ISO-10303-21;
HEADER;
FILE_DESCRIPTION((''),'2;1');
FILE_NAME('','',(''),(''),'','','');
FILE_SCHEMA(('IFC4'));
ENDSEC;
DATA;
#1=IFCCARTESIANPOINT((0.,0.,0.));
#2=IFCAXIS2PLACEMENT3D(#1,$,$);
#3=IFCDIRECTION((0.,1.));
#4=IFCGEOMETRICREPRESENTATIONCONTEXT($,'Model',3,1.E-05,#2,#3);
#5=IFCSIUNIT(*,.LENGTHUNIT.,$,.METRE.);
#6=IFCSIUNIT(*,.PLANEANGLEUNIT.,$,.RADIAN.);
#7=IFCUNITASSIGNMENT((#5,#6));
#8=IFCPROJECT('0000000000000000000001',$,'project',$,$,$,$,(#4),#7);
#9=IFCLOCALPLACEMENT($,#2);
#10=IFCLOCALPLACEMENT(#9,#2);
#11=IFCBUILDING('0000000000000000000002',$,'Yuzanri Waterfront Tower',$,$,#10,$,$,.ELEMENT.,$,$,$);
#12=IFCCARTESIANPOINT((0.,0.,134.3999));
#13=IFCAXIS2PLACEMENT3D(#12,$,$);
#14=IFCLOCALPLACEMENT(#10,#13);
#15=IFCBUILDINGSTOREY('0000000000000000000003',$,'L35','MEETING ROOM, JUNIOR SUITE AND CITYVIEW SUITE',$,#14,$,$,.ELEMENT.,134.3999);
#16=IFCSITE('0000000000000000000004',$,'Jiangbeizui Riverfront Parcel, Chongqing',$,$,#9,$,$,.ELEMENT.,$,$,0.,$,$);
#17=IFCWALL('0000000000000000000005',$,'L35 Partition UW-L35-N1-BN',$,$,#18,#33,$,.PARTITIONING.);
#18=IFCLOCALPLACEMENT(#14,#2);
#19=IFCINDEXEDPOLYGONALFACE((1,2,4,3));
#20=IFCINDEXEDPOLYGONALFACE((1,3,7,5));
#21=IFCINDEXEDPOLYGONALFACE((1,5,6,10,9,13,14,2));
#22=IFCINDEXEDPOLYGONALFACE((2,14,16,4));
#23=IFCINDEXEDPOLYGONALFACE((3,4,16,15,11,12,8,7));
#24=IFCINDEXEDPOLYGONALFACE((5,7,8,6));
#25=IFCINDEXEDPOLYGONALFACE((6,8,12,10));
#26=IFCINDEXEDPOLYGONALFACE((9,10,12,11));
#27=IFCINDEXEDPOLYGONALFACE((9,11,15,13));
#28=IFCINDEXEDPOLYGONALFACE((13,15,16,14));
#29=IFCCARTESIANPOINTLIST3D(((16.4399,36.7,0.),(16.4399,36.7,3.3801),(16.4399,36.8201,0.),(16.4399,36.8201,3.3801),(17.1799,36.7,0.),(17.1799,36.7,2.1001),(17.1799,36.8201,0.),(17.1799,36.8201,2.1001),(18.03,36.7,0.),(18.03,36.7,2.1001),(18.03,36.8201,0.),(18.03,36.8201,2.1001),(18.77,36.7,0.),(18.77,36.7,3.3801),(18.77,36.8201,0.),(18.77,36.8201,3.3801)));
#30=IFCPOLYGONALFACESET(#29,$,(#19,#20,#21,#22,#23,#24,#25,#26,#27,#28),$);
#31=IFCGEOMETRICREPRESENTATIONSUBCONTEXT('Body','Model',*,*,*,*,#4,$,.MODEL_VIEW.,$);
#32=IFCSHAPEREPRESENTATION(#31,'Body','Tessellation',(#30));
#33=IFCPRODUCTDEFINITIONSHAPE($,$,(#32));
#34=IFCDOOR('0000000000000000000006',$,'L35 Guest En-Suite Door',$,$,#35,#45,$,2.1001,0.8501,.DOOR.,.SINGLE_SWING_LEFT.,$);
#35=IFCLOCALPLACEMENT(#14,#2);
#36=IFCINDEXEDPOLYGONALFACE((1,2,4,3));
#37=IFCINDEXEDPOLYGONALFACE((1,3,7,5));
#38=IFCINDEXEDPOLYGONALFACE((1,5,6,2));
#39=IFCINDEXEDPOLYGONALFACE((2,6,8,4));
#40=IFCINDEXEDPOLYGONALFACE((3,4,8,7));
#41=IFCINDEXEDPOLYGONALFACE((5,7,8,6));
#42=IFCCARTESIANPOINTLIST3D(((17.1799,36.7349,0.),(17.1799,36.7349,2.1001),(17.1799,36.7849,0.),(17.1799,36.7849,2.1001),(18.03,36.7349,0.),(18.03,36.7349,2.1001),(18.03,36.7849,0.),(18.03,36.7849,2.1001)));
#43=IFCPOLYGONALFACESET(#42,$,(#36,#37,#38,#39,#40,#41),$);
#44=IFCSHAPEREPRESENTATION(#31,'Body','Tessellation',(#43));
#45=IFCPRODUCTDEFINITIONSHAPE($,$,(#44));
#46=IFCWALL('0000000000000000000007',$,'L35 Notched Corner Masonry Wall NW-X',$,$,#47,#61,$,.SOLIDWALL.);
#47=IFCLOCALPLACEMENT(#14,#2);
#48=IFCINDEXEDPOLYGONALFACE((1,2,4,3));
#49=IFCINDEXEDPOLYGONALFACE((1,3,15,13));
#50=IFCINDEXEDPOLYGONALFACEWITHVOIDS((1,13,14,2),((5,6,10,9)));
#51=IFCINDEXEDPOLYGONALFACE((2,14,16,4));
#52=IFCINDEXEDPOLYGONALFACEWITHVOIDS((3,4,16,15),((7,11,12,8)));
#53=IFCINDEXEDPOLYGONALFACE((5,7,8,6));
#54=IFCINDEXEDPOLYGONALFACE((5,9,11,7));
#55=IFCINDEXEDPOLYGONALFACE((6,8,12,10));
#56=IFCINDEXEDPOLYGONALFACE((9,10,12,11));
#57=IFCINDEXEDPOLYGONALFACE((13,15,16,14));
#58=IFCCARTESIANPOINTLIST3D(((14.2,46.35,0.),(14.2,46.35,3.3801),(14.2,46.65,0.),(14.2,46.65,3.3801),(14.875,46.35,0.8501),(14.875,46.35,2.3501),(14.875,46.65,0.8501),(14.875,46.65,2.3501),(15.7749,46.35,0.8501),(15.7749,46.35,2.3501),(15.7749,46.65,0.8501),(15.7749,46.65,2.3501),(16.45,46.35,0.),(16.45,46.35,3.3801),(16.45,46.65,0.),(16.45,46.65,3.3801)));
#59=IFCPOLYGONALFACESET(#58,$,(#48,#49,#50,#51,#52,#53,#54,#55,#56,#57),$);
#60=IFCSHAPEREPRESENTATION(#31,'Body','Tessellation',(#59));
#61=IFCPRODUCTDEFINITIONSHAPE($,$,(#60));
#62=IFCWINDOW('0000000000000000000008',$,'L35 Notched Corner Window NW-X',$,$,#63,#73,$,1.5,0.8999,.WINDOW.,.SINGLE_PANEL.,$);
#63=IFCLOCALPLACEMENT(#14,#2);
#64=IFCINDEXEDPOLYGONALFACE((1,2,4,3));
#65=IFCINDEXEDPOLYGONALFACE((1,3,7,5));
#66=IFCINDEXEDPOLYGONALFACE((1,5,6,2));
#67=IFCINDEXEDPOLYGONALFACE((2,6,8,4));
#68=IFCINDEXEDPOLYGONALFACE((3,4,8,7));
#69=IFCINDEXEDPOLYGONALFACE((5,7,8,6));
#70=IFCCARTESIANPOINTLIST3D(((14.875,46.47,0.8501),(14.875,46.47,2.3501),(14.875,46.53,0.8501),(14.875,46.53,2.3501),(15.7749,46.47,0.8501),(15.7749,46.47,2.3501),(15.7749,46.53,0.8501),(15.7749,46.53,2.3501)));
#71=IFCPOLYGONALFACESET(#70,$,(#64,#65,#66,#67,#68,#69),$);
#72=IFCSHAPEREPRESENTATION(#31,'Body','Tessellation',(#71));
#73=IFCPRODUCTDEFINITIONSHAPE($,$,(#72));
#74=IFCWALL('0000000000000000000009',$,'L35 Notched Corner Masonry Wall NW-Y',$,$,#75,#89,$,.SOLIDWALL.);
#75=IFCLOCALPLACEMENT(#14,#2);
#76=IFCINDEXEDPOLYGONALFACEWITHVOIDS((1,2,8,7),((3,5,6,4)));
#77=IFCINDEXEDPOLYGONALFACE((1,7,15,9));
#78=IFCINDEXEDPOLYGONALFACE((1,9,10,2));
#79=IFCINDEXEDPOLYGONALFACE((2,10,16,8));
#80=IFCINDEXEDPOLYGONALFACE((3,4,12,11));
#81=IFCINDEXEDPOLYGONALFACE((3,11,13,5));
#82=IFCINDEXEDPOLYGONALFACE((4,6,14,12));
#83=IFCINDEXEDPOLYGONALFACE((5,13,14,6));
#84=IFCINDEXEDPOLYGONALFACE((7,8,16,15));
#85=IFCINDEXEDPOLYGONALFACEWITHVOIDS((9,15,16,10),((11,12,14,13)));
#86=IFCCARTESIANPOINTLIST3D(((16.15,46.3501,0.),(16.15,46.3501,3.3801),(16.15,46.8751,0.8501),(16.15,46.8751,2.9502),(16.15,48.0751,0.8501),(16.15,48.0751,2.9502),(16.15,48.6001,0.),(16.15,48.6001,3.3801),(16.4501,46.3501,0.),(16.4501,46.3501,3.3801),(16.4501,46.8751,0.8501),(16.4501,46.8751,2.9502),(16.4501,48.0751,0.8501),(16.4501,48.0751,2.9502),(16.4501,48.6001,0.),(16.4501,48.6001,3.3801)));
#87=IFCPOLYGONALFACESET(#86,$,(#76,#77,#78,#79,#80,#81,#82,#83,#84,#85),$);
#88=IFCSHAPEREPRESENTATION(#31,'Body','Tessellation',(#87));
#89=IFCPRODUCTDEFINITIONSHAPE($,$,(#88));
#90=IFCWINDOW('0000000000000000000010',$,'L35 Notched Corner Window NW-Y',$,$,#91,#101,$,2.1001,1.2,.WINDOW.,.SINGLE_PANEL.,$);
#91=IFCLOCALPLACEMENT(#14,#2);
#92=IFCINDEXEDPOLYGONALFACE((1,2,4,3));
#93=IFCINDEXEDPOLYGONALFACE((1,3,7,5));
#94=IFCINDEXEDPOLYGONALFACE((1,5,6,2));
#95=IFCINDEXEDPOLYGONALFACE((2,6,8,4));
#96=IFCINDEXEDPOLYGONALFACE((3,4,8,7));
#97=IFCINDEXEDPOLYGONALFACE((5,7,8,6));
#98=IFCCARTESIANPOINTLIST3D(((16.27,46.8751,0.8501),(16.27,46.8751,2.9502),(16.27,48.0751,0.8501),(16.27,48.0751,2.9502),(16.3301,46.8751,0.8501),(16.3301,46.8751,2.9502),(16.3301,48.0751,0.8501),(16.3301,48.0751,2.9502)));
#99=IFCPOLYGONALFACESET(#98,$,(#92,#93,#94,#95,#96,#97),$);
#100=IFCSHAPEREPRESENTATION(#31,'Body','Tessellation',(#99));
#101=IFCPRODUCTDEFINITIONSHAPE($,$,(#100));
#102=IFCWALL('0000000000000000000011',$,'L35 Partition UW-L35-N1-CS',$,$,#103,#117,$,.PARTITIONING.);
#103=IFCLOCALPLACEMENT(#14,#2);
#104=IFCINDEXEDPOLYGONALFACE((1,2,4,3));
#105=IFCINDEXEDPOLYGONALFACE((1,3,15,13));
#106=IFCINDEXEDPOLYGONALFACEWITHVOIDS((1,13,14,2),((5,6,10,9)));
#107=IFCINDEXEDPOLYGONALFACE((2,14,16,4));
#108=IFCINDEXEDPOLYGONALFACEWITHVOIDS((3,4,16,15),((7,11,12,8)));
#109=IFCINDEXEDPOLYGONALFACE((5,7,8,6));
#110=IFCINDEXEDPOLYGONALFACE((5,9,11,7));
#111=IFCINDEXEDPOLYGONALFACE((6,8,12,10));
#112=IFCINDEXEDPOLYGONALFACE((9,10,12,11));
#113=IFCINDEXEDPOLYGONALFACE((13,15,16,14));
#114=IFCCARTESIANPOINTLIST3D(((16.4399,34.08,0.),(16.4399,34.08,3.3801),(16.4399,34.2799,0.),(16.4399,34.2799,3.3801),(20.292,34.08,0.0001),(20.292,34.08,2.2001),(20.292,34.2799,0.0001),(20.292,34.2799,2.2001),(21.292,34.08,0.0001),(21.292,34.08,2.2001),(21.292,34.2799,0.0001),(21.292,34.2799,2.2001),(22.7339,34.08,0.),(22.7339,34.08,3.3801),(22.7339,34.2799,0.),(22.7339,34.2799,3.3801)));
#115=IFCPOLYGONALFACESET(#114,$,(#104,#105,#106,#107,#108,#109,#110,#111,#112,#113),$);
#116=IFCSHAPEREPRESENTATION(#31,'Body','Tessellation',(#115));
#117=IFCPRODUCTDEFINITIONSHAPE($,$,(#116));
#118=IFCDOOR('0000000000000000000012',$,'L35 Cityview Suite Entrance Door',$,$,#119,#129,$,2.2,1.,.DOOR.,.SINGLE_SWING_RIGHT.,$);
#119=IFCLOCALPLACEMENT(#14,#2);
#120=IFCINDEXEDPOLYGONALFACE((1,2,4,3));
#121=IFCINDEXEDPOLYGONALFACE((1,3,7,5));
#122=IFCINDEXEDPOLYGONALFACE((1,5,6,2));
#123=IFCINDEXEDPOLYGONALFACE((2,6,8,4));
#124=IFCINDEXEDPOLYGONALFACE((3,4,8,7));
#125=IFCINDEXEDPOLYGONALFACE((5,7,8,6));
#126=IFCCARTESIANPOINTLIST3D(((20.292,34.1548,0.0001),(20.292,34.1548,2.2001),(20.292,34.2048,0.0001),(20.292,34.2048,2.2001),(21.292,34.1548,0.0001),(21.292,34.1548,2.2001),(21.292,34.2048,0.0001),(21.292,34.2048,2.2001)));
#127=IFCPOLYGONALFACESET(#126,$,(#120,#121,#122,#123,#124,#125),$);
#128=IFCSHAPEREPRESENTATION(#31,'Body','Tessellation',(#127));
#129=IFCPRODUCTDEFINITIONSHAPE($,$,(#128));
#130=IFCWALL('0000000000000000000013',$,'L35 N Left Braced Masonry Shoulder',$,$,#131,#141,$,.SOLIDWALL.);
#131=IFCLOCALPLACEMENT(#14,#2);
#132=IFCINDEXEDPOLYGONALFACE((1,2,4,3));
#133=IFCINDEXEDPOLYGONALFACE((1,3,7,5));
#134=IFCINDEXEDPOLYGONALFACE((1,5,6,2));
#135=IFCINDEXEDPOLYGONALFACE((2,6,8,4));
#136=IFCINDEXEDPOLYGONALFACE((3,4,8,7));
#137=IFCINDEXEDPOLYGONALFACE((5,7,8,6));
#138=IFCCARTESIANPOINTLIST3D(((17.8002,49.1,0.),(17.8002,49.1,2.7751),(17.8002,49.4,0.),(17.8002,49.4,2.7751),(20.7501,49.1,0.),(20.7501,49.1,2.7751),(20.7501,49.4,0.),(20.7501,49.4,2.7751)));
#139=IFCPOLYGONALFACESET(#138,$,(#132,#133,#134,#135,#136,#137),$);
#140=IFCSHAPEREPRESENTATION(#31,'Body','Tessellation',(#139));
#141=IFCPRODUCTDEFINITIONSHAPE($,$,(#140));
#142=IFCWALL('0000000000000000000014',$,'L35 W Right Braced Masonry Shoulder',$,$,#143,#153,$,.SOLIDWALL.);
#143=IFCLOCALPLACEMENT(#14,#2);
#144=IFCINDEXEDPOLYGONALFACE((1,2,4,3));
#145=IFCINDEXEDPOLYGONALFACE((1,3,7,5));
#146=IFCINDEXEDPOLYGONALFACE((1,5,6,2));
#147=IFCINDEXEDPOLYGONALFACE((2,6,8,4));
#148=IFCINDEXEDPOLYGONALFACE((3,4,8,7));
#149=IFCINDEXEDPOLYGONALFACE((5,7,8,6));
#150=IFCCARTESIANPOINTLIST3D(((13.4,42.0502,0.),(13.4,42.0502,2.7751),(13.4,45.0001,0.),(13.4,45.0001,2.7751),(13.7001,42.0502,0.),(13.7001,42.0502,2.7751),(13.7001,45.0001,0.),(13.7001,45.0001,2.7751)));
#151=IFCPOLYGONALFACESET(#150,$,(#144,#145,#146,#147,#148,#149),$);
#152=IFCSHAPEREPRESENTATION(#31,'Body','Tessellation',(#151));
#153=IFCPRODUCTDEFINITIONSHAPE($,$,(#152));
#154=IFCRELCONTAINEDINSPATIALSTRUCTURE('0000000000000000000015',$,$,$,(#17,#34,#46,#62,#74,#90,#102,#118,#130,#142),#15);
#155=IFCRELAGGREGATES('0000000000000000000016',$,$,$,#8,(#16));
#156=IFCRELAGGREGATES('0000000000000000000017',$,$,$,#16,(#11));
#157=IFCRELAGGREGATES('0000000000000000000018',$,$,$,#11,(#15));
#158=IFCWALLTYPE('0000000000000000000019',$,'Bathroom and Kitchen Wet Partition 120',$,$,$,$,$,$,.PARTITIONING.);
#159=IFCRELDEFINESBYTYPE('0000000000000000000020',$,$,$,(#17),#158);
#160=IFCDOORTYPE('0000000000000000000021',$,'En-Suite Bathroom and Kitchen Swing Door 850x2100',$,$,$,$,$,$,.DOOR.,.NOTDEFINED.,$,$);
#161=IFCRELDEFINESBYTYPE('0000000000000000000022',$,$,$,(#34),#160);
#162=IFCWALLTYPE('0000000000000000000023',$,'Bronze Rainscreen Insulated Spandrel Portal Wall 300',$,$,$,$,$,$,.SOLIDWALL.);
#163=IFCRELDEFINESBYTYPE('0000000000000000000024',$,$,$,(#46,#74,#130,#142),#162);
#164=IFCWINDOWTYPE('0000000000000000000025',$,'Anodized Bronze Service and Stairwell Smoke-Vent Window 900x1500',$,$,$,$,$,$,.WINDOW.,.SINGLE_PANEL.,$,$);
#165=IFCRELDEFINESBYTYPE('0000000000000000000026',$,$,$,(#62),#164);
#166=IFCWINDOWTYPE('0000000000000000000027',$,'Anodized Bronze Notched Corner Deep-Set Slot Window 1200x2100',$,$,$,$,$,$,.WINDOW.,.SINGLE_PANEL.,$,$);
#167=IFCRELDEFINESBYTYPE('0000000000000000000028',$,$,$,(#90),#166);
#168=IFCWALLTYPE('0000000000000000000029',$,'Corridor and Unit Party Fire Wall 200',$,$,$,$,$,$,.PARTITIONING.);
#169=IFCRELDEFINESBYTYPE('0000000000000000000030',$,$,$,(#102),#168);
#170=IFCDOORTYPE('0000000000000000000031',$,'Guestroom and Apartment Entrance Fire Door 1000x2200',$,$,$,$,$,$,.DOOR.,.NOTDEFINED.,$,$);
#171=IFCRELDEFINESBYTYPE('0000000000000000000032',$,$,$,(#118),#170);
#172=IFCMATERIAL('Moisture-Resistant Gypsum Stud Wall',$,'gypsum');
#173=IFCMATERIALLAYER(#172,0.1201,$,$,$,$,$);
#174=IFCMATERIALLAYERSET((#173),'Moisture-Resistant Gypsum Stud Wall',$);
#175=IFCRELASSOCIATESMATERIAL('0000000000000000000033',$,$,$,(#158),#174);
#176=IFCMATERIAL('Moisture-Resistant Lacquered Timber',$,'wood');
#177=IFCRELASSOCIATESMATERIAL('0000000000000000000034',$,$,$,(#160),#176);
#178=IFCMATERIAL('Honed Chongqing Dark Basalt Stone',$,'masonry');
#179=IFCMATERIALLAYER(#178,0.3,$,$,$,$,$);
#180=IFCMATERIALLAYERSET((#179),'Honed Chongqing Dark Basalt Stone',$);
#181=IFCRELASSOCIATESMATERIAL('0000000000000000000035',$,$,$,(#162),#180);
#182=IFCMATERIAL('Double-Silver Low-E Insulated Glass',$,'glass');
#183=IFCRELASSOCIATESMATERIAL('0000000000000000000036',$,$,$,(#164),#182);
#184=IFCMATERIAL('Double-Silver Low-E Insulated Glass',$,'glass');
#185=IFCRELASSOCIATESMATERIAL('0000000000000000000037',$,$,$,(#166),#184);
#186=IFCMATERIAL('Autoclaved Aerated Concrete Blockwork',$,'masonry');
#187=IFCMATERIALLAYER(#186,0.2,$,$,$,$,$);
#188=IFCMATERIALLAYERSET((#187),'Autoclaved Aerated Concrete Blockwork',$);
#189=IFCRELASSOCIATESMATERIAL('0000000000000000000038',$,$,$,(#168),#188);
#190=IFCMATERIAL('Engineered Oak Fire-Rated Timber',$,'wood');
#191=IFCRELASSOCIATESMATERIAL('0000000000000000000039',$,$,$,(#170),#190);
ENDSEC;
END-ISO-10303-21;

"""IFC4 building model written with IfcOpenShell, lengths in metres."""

from ifc_helpers import new_model, si_unit, direction, frame, frame_2d, origin, place, context, subcontext, project, spatial, rectangle, extrude, source, transform, mapped, material, layer, layer_set, type_object, element, fill, save


model = new_model("IFC4")

# Units and contexts
model_context = context("Model", 3, precision=1e-05, world=origin(), true_north=direction((0.0, 1.0)))
body_context = subcontext(model_context, "Body", "Model", "MODEL_VIEW")
ifc_project = project(units=[si_unit("LENGTHUNIT", "METRE"), si_unit("PLANEANGLEUNIT", "RADIAN")], contexts=[model_context])

# Site, building, storey
site_placement = place(None, origin())
site = spatial("IfcSite", under=ifc_project, at=site_placement, Name="Jiangbeizui Riverfront Parcel, Chongqing", CompositionType="ELEMENT", RefElevation=0.0)
building_placement = place(site_placement, origin())
building = spatial("IfcBuilding", under=site, at=building_placement, Name="Yuzanri Waterfront Tower", CompositionType="ELEMENT")
storey_placement = place(building_placement, frame((0.0, 0.0, 134.3999)))
storey = spatial("IfcBuildingStorey", under=building, at=storey_placement, Name="L35", Description="MEETING ROOM, JUNIOR SUITE AND CITYVIEW SUITE", CompositionType="ELEMENT", Elevation=134.3999)

# Wall, opening, door
ifc_material_1 = material(Name="Moisture-Resistant Gypsum Stud Wall", Category="gypsum")
ifc_layer_1 = layer(ifc_material_1, 0.1201)
ifc_layer_set_1 = layer_set([ifc_layer_1], Name="Moisture-Resistant Gypsum Stud Wall")
wall_type_1 = type_object("IfcWallType", Name="Bathroom and Kitchen Wet Partition 120", PredefinedType="PARTITIONING", material=ifc_layer_set_1)
wall_1_placement = place(storey_placement, frame((16.4399, 36.76, 0.0), z_axis=(0.0, 0.0, 1.0), x_axis=(1.0, 0.0, 0.0)))
wall_1 = element("IfcWall", 1, at=wall_1_placement, inside=storey, type_object=wall_type_1, Name="L35 Partition UW-L35-N1-BN", PredefinedType="PARTITIONING", context=body_context, shape_type="SweptSolid", body=[
    extrude(rectangle(XDim=2.3301, YDim=0.1201, at=frame_2d((1.165, 0.0))), origin(), (0.0, 0.0, 1.0), 3.3801),
])
opening_1_placement = place(wall_1_placement, frame((0.74, 0.0, 0.0)))
opening_1 = element("IfcOpeningElement", 2, at=opening_1_placement, cuts=wall_1, PredefinedType="OPENING", context=body_context, shape_type="SweptSolid", body=[
    extrude(rectangle(XDim=0.8501, YDim=2.1001, at=frame_2d((0.425, 1.05))), frame((0.0, 0.075, 0.0), z_axis=(0.0, -1.0, 0.0), x_axis=(1.0, 0.0, 0.0)), (0.0, 0.0, 1.0), 0.1499),
])
ifc_material_2 = material(Name="Moisture-Resistant Lacquered Timber", Category="wood")
door_type_1 = type_object("IfcDoorType", Name="En-Suite Bathroom and Kitchen Swing Door 850x2100", OperationType="NOTDEFINED", PredefinedType="DOOR", material=ifc_material_2)
shared_shape_1 = source(origin(), body_context, "Body", "SweptSolid", [
    extrude(rectangle(XDim=0.8501, YDim=2.1001, at=frame_2d((0.425, 1.05))), frame((0.0, 0.0249, 0.0), z_axis=(0.0, -1.0, 0.0), x_axis=(1.0, 0.0, 0.0)), (0.0, 0.0, 1.0), 0.05),
])
door_1_placement = place(opening_1_placement, origin())
door_1 = element("IfcDoor", 3, at=door_1_placement, inside=storey, type_object=door_type_1, Name="L35 Guest En-Suite Door", OperationType="SINGLE_SWING_LEFT", OverallHeight=2.1001, OverallWidth=0.8501, PredefinedType="DOOR", context=body_context, shape_type="MappedRepresentation", body=[
    mapped(shared_shape_1, transform((0.0, 0.0, 0.0), scale=1.0)),
])
fill(opening_1, door_1)

# Walls, openings, windows
ifc_material_3 = material(Name="Honed Chongqing Dark Basalt Stone", Category="masonry")
ifc_layer_2 = layer(ifc_material_3, 0.3)
ifc_layer_set_2 = layer_set([ifc_layer_2], Name="Honed Chongqing Dark Basalt Stone")
wall_type_2 = type_object("IfcWallType", Name="Bronze Rainscreen Insulated Spandrel Portal Wall 300", PredefinedType="SOLIDWALL", material=ifc_layer_set_2)
wall_2_placement = place(storey_placement, frame((16.45, 46.5, 0.0), z_axis=(0.0, 0.0, 1.0), x_axis=(-1.0, 0.0, 0.0)))
wall_2 = element("IfcWall", 4, at=wall_2_placement, inside=storey, type_object=wall_type_2, Name="L35 Notched Corner Masonry Wall NW-X", PredefinedType="SOLIDWALL", context=body_context, shape_type="SweptSolid", body=[
    extrude(rectangle(XDim=2.25, YDim=0.3, at=frame_2d((1.125, 0.0))), origin(), (0.0, 0.0, 1.0), 3.3801),
])
opening_2_placement = place(wall_2_placement, frame((0.675, 0.0, 0.8501)))
opening_2 = element("IfcOpeningElement", 5, at=opening_2_placement, cuts=wall_2, PredefinedType="OPENING", context=body_context, shape_type="SweptSolid", body=[
    extrude(rectangle(XDim=0.8999, YDim=1.5, at=frame_2d((0.45, 0.75))), frame((0.0, 0.165, 0.0), z_axis=(0.0, -1.0, 0.0), x_axis=(1.0, 0.0, 0.0)), (0.0, 0.0, 1.0), 0.3298),
])
ifc_material_4 = material(Name="Double-Silver Low-E Insulated Glass", Category="glass")
window_type_1 = type_object("IfcWindowType", Name="Anodized Bronze Service and Stairwell Smoke-Vent Window 900x1500", PartitioningType="SINGLE_PANEL", PredefinedType="WINDOW", material=ifc_material_4)
shared_shape_2 = source(origin(), body_context, "Body", "SweptSolid", [
    extrude(rectangle(XDim=0.8999, YDim=1.5, at=frame_2d((0.45, 0.75))), frame((0.0, 0.03, 0.0), z_axis=(0.0, -1.0, 0.0), x_axis=(1.0, 0.0, 0.0)), (0.0, 0.0, 1.0), 0.0601),
])
window_1_placement = place(opening_2_placement, origin())
window_1 = element("IfcWindow", 6, at=window_1_placement, inside=storey, type_object=window_type_1, Name="L35 Notched Corner Window NW-X", OverallHeight=1.5, OverallWidth=0.8999, PartitioningType="SINGLE_PANEL", PredefinedType="WINDOW", context=body_context, shape_type="MappedRepresentation", body=[
    mapped(shared_shape_2, transform((0.0, 0.0, 0.0), scale=1.0)),
])
fill(opening_2, window_1)
wall_3_placement = place(storey_placement, frame((16.3, 48.6001, 0.0), z_axis=(0.0, 0.0, 1.0), x_axis=(0.0, -1.0, 0.0)))
wall_3 = element("IfcWall", 7, at=wall_3_placement, inside=storey, type_object=wall_type_2, Name="L35 Notched Corner Masonry Wall NW-Y", PredefinedType="SOLIDWALL", context=body_context, shape_type="SweptSolid", body=[
    extrude(rectangle(XDim=2.25, YDim=0.3, at=frame_2d((1.125, 0.0))), origin(), (0.0, 0.0, 1.0), 3.3801),
])
opening_3_placement = place(wall_3_placement, frame((0.5249, 0.0, 0.8501)))
opening_3 = element("IfcOpeningElement", 8, at=opening_3_placement, cuts=wall_3, PredefinedType="OPENING", context=body_context, shape_type="SweptSolid", body=[
    extrude(rectangle(XDim=1.2, YDim=2.1001, at=frame_2d((0.6001, 1.05))), frame((0.0, 0.165, 0.0), z_axis=(0.0, -1.0, 0.0), x_axis=(1.0, 0.0, 0.0)), (0.0, 0.0, 1.0), 0.3298),
])
ifc_material_5 = material(Name="Double-Silver Low-E Insulated Glass", Category="glass")
window_type_2 = type_object("IfcWindowType", Name="Anodized Bronze Notched Corner Deep-Set Slot Window 1200x2100", PartitioningType="SINGLE_PANEL", PredefinedType="WINDOW", material=ifc_material_5)
shared_shape_3 = source(origin(), body_context, "Body", "SweptSolid", [
    extrude(rectangle(XDim=1.2, YDim=2.1001, at=frame_2d((0.6001, 1.05))), frame((0.0, 0.03, 0.0), z_axis=(0.0, -1.0, 0.0), x_axis=(1.0, 0.0, 0.0)), (0.0, 0.0, 1.0), 0.0601),
])
window_2_placement = place(opening_3_placement, origin())
window_2 = element("IfcWindow", 9, at=window_2_placement, inside=storey, type_object=window_type_2, Name="L35 Notched Corner Window NW-Y", OverallHeight=2.1001, OverallWidth=1.2, PartitioningType="SINGLE_PANEL", PredefinedType="WINDOW", context=body_context, shape_type="MappedRepresentation", body=[
    mapped(shared_shape_3, transform((0.0, 0.0, 0.0), scale=1.0)),
])
fill(opening_3, window_2)

# Wall, opening, door
ifc_material_6 = material(Name="Autoclaved Aerated Concrete Blockwork", Category="masonry")
ifc_layer_3 = layer(ifc_material_6, 0.2)
ifc_layer_set_3 = layer_set([ifc_layer_3], Name="Autoclaved Aerated Concrete Blockwork")
wall_type_3 = type_object("IfcWallType", Name="Corridor and Unit Party Fire Wall 200", PredefinedType="PARTITIONING", material=ifc_layer_set_3)
wall_4_placement = place(storey_placement, frame((16.4399, 34.1799, 0.0), z_axis=(0.0, 0.0, 1.0), x_axis=(1.0, 0.0, 0.0)))
wall_4 = element("IfcWall", 10, at=wall_4_placement, inside=storey, type_object=wall_type_3, Name="L35 Partition UW-L35-N1-CS", PredefinedType="PARTITIONING", context=body_context, shape_type="SweptSolid", body=[
    extrude(rectangle(XDim=6.2939, YDim=0.2, at=frame_2d((3.147, 0.0))), origin(), (0.0, 0.0, 1.0), 3.3801),
])
opening_4_placement = place(wall_4_placement, frame((3.8521, 0.0, 0.0)))
opening_4 = element("IfcOpeningElement", 11, at=opening_4_placement, cuts=wall_4, PredefinedType="OPENING", context=body_context, shape_type="SweptSolid", body=[
    extrude(rectangle(XDim=1.0, YDim=2.2, at=frame_2d((0.5, 1.1001))), frame((0.0, 0.1147, 0.0), z_axis=(0.0, -1.0, 0.0), x_axis=(1.0, 0.0, 0.0)), (0.0, 0.0, 1.0), 0.2297),
])
ifc_material_7 = material(Name="Engineered Oak Fire-Rated Timber", Category="wood")
door_type_2 = type_object("IfcDoorType", Name="Guestroom and Apartment Entrance Fire Door 1000x2200", OperationType="NOTDEFINED", PredefinedType="DOOR", material=ifc_material_7)
shared_shape_4 = source(origin(), body_context, "Body", "SweptSolid", [
    extrude(rectangle(XDim=1.0, YDim=2.2, at=frame_2d((0.5, 1.1001))), frame((0.0, 0.0249, 0.0), z_axis=(0.0, -1.0, 0.0), x_axis=(1.0, 0.0, 0.0)), (0.0, 0.0, 1.0), 0.05),
])
door_2_placement = place(opening_4_placement, origin())
door_2 = element("IfcDoor", 12, at=door_2_placement, inside=storey, type_object=door_type_2, Name="L35 Cityview Suite Entrance Door", OperationType="SINGLE_SWING_RIGHT", OverallHeight=2.2, OverallWidth=1.0, PredefinedType="DOOR", context=body_context, shape_type="MappedRepresentation", body=[
    mapped(shared_shape_4, transform((0.0, 0.0, 0.0), scale=1.0)),
])
fill(opening_4, door_2)

# Walls
shared_shape_5 = source(origin(), body_context, "Body", "SweptSolid", [
    extrude(rectangle(XDim=2.95, YDim=0.3, at=frame_2d((1.4751, 0.0))), origin(), (0.0, 0.0, 1.0), 2.7751),
])
for number, where, z_axis, x_axis, name in (
    (13, (17.8, 49.25, 0.0), (0.0, 0.0, 1.0), (1.0, 0.0, 0.0), "L35 N Left Braced Masonry Shoulder"),
    (14, (13.55, 42.05, 0.0), (0.0, 0.0, 1.0), (0.0, 1.0, 0.0), "L35 W Right Braced Masonry Shoulder"),
):
    element("IfcWall", number, at=place(storey_placement, frame(where, z_axis=z_axis, x_axis=x_axis)), inside=storey, type_object=wall_type_2, Name=name, PredefinedType="SOLIDWALL", context=body_context, shape_type="MappedRepresentation", body=[
        mapped(shared_shape_5, transform((0.0, 0.0, 0.0), scale=1.0)),
    ])

save(model, "model.ifc")
